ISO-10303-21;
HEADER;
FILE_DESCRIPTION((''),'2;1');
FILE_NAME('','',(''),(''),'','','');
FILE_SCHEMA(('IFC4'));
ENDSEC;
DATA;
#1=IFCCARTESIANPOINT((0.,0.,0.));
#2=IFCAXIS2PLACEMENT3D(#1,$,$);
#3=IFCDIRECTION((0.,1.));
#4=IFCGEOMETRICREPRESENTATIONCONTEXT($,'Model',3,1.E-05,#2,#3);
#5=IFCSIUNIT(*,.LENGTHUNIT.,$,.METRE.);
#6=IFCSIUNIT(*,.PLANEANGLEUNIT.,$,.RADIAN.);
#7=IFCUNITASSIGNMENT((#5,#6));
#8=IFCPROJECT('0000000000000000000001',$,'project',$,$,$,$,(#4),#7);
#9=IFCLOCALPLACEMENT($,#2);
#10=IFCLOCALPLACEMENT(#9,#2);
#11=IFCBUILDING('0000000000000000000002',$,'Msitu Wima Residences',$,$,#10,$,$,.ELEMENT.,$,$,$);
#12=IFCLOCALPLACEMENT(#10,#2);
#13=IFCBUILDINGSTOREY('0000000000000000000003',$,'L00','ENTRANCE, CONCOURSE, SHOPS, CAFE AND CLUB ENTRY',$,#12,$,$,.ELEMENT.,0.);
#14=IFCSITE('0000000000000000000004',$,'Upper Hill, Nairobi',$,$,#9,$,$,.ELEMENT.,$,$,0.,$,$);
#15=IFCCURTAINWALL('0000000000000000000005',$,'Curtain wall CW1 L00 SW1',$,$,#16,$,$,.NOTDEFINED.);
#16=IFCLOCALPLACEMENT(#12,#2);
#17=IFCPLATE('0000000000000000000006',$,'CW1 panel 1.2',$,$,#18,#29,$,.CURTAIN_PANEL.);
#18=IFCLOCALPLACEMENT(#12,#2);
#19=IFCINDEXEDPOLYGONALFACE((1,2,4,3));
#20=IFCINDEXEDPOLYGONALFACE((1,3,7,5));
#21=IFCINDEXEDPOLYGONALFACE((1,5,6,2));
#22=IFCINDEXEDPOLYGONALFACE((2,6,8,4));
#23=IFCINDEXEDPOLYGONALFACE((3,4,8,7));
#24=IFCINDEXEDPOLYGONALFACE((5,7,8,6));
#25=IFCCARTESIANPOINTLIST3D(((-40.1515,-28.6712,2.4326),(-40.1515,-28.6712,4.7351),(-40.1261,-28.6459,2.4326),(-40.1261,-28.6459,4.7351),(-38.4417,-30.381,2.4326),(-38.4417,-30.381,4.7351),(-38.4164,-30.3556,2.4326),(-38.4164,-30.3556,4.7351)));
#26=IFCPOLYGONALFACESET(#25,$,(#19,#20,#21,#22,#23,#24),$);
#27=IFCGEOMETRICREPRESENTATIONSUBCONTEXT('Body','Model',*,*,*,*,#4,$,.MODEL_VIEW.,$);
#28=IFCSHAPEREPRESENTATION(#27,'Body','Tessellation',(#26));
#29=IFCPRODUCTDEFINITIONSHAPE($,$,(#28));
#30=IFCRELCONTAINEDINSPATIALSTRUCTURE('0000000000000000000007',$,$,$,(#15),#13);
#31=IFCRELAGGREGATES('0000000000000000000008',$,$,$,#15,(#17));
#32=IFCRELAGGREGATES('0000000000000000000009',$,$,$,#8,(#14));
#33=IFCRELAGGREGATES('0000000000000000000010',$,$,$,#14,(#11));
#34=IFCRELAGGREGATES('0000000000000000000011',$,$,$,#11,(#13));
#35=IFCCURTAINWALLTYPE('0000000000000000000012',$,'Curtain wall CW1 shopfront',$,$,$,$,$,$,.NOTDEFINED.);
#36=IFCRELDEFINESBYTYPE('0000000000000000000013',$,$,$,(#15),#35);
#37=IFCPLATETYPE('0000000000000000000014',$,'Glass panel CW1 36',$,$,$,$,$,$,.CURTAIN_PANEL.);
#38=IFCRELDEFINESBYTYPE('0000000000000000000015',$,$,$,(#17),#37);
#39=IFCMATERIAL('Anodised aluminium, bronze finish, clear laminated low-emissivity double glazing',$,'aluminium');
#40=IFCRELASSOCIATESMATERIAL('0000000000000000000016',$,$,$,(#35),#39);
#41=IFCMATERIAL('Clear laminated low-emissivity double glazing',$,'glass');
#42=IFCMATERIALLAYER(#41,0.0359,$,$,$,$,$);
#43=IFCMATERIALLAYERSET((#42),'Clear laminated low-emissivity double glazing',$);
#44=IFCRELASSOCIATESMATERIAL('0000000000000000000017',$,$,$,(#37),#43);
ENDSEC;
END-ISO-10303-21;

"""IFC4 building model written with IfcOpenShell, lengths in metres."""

from ifc_helpers import new_model, si_unit, direction, frame, origin, origin_2d, place, context, subcontext, project, spatial, rectangle, extrude, material, layer, layer_set, type_object, element, aggregate, save


model = new_model("IFC4")

# Units and contexts
model_context = context("Model", 3, precision=1e-05, world=origin(), true_north=direction((0.0, 1.0)))
body_context = subcontext(model_context, "Body", "Model", "MODEL_VIEW")
ifc_project = project(units=[si_unit("LENGTHUNIT", "METRE"), si_unit("PLANEANGLEUNIT", "RADIAN")], contexts=[model_context])

# Site, building, storey
site_placement = place(None, origin())
site = spatial("IfcSite", under=ifc_project, at=site_placement, Name="Upper Hill, Nairobi", CompositionType="ELEMENT", RefElevation=0.0)
building_placement = place(site_placement, origin())
building = spatial("IfcBuilding", under=site, at=building_placement, Name="Msitu Wima Residences", CompositionType="ELEMENT")
storey_placement = place(building_placement, origin())
storey = spatial("IfcBuildingStorey", under=building, at=storey_placement, Name="L00", Description="ENTRANCE, CONCOURSE, SHOPS, CAFE AND CLUB ENTRY", CompositionType="ELEMENT", Elevation=0.0)

# Curtain wall
ifc_material_1 = material(Name="Anodised aluminium, bronze finish, clear laminated low-emissivity double glazing", Category="aluminium")
curtain_wall_type = type_object("IfcCurtainWallType", Name="Curtain wall CW1 shopfront", PredefinedType="NOTDEFINED", material=ifc_material_1)
curtain_wall_1_placement = place(storey_placement, origin())
curtain_wall_1 = element("IfcCurtainWall", 1, at=curtain_wall_1_placement, inside=storey, type_object=curtain_wall_type, Name="Curtain wall CW1 L00 SW1", PredefinedType="NOTDEFINED")

# Plate
ifc_material_2 = material(Name="Clear laminated low-emissivity double glazing", Category="glass")
ifc_layer = layer(ifc_material_2, 0.0359)
ifc_layer_set = layer_set([ifc_layer], Name="Clear laminated low-emissivity double glazing")
plate_type = type_object("IfcPlateType", Name="Glass panel CW1 36", PredefinedType="CURTAIN_PANEL", material=ifc_layer_set)
plate_1_placement = place(storey_placement, frame((-39.2839, -29.5134, 2.4326), z_axis=(0.0, 0.0, 1.0), x_axis=(0.707107, -0.707107, 0.0)))
plate_1 = element("IfcPlate", 2, at=plate_1_placement, type_object=plate_type, Name="CW1 panel 1.2", PredefinedType="CURTAIN_PANEL", context=body_context, shape_type="SweptSolid", body=[
    extrude(rectangle(XDim=2.418, YDim=0.0359, at=origin_2d()), origin(), (0.0, 0.0, 1.0), 2.3025),
])
aggregate(curtain_wall_1, [plate_1])

save(model, "model.ifc")
